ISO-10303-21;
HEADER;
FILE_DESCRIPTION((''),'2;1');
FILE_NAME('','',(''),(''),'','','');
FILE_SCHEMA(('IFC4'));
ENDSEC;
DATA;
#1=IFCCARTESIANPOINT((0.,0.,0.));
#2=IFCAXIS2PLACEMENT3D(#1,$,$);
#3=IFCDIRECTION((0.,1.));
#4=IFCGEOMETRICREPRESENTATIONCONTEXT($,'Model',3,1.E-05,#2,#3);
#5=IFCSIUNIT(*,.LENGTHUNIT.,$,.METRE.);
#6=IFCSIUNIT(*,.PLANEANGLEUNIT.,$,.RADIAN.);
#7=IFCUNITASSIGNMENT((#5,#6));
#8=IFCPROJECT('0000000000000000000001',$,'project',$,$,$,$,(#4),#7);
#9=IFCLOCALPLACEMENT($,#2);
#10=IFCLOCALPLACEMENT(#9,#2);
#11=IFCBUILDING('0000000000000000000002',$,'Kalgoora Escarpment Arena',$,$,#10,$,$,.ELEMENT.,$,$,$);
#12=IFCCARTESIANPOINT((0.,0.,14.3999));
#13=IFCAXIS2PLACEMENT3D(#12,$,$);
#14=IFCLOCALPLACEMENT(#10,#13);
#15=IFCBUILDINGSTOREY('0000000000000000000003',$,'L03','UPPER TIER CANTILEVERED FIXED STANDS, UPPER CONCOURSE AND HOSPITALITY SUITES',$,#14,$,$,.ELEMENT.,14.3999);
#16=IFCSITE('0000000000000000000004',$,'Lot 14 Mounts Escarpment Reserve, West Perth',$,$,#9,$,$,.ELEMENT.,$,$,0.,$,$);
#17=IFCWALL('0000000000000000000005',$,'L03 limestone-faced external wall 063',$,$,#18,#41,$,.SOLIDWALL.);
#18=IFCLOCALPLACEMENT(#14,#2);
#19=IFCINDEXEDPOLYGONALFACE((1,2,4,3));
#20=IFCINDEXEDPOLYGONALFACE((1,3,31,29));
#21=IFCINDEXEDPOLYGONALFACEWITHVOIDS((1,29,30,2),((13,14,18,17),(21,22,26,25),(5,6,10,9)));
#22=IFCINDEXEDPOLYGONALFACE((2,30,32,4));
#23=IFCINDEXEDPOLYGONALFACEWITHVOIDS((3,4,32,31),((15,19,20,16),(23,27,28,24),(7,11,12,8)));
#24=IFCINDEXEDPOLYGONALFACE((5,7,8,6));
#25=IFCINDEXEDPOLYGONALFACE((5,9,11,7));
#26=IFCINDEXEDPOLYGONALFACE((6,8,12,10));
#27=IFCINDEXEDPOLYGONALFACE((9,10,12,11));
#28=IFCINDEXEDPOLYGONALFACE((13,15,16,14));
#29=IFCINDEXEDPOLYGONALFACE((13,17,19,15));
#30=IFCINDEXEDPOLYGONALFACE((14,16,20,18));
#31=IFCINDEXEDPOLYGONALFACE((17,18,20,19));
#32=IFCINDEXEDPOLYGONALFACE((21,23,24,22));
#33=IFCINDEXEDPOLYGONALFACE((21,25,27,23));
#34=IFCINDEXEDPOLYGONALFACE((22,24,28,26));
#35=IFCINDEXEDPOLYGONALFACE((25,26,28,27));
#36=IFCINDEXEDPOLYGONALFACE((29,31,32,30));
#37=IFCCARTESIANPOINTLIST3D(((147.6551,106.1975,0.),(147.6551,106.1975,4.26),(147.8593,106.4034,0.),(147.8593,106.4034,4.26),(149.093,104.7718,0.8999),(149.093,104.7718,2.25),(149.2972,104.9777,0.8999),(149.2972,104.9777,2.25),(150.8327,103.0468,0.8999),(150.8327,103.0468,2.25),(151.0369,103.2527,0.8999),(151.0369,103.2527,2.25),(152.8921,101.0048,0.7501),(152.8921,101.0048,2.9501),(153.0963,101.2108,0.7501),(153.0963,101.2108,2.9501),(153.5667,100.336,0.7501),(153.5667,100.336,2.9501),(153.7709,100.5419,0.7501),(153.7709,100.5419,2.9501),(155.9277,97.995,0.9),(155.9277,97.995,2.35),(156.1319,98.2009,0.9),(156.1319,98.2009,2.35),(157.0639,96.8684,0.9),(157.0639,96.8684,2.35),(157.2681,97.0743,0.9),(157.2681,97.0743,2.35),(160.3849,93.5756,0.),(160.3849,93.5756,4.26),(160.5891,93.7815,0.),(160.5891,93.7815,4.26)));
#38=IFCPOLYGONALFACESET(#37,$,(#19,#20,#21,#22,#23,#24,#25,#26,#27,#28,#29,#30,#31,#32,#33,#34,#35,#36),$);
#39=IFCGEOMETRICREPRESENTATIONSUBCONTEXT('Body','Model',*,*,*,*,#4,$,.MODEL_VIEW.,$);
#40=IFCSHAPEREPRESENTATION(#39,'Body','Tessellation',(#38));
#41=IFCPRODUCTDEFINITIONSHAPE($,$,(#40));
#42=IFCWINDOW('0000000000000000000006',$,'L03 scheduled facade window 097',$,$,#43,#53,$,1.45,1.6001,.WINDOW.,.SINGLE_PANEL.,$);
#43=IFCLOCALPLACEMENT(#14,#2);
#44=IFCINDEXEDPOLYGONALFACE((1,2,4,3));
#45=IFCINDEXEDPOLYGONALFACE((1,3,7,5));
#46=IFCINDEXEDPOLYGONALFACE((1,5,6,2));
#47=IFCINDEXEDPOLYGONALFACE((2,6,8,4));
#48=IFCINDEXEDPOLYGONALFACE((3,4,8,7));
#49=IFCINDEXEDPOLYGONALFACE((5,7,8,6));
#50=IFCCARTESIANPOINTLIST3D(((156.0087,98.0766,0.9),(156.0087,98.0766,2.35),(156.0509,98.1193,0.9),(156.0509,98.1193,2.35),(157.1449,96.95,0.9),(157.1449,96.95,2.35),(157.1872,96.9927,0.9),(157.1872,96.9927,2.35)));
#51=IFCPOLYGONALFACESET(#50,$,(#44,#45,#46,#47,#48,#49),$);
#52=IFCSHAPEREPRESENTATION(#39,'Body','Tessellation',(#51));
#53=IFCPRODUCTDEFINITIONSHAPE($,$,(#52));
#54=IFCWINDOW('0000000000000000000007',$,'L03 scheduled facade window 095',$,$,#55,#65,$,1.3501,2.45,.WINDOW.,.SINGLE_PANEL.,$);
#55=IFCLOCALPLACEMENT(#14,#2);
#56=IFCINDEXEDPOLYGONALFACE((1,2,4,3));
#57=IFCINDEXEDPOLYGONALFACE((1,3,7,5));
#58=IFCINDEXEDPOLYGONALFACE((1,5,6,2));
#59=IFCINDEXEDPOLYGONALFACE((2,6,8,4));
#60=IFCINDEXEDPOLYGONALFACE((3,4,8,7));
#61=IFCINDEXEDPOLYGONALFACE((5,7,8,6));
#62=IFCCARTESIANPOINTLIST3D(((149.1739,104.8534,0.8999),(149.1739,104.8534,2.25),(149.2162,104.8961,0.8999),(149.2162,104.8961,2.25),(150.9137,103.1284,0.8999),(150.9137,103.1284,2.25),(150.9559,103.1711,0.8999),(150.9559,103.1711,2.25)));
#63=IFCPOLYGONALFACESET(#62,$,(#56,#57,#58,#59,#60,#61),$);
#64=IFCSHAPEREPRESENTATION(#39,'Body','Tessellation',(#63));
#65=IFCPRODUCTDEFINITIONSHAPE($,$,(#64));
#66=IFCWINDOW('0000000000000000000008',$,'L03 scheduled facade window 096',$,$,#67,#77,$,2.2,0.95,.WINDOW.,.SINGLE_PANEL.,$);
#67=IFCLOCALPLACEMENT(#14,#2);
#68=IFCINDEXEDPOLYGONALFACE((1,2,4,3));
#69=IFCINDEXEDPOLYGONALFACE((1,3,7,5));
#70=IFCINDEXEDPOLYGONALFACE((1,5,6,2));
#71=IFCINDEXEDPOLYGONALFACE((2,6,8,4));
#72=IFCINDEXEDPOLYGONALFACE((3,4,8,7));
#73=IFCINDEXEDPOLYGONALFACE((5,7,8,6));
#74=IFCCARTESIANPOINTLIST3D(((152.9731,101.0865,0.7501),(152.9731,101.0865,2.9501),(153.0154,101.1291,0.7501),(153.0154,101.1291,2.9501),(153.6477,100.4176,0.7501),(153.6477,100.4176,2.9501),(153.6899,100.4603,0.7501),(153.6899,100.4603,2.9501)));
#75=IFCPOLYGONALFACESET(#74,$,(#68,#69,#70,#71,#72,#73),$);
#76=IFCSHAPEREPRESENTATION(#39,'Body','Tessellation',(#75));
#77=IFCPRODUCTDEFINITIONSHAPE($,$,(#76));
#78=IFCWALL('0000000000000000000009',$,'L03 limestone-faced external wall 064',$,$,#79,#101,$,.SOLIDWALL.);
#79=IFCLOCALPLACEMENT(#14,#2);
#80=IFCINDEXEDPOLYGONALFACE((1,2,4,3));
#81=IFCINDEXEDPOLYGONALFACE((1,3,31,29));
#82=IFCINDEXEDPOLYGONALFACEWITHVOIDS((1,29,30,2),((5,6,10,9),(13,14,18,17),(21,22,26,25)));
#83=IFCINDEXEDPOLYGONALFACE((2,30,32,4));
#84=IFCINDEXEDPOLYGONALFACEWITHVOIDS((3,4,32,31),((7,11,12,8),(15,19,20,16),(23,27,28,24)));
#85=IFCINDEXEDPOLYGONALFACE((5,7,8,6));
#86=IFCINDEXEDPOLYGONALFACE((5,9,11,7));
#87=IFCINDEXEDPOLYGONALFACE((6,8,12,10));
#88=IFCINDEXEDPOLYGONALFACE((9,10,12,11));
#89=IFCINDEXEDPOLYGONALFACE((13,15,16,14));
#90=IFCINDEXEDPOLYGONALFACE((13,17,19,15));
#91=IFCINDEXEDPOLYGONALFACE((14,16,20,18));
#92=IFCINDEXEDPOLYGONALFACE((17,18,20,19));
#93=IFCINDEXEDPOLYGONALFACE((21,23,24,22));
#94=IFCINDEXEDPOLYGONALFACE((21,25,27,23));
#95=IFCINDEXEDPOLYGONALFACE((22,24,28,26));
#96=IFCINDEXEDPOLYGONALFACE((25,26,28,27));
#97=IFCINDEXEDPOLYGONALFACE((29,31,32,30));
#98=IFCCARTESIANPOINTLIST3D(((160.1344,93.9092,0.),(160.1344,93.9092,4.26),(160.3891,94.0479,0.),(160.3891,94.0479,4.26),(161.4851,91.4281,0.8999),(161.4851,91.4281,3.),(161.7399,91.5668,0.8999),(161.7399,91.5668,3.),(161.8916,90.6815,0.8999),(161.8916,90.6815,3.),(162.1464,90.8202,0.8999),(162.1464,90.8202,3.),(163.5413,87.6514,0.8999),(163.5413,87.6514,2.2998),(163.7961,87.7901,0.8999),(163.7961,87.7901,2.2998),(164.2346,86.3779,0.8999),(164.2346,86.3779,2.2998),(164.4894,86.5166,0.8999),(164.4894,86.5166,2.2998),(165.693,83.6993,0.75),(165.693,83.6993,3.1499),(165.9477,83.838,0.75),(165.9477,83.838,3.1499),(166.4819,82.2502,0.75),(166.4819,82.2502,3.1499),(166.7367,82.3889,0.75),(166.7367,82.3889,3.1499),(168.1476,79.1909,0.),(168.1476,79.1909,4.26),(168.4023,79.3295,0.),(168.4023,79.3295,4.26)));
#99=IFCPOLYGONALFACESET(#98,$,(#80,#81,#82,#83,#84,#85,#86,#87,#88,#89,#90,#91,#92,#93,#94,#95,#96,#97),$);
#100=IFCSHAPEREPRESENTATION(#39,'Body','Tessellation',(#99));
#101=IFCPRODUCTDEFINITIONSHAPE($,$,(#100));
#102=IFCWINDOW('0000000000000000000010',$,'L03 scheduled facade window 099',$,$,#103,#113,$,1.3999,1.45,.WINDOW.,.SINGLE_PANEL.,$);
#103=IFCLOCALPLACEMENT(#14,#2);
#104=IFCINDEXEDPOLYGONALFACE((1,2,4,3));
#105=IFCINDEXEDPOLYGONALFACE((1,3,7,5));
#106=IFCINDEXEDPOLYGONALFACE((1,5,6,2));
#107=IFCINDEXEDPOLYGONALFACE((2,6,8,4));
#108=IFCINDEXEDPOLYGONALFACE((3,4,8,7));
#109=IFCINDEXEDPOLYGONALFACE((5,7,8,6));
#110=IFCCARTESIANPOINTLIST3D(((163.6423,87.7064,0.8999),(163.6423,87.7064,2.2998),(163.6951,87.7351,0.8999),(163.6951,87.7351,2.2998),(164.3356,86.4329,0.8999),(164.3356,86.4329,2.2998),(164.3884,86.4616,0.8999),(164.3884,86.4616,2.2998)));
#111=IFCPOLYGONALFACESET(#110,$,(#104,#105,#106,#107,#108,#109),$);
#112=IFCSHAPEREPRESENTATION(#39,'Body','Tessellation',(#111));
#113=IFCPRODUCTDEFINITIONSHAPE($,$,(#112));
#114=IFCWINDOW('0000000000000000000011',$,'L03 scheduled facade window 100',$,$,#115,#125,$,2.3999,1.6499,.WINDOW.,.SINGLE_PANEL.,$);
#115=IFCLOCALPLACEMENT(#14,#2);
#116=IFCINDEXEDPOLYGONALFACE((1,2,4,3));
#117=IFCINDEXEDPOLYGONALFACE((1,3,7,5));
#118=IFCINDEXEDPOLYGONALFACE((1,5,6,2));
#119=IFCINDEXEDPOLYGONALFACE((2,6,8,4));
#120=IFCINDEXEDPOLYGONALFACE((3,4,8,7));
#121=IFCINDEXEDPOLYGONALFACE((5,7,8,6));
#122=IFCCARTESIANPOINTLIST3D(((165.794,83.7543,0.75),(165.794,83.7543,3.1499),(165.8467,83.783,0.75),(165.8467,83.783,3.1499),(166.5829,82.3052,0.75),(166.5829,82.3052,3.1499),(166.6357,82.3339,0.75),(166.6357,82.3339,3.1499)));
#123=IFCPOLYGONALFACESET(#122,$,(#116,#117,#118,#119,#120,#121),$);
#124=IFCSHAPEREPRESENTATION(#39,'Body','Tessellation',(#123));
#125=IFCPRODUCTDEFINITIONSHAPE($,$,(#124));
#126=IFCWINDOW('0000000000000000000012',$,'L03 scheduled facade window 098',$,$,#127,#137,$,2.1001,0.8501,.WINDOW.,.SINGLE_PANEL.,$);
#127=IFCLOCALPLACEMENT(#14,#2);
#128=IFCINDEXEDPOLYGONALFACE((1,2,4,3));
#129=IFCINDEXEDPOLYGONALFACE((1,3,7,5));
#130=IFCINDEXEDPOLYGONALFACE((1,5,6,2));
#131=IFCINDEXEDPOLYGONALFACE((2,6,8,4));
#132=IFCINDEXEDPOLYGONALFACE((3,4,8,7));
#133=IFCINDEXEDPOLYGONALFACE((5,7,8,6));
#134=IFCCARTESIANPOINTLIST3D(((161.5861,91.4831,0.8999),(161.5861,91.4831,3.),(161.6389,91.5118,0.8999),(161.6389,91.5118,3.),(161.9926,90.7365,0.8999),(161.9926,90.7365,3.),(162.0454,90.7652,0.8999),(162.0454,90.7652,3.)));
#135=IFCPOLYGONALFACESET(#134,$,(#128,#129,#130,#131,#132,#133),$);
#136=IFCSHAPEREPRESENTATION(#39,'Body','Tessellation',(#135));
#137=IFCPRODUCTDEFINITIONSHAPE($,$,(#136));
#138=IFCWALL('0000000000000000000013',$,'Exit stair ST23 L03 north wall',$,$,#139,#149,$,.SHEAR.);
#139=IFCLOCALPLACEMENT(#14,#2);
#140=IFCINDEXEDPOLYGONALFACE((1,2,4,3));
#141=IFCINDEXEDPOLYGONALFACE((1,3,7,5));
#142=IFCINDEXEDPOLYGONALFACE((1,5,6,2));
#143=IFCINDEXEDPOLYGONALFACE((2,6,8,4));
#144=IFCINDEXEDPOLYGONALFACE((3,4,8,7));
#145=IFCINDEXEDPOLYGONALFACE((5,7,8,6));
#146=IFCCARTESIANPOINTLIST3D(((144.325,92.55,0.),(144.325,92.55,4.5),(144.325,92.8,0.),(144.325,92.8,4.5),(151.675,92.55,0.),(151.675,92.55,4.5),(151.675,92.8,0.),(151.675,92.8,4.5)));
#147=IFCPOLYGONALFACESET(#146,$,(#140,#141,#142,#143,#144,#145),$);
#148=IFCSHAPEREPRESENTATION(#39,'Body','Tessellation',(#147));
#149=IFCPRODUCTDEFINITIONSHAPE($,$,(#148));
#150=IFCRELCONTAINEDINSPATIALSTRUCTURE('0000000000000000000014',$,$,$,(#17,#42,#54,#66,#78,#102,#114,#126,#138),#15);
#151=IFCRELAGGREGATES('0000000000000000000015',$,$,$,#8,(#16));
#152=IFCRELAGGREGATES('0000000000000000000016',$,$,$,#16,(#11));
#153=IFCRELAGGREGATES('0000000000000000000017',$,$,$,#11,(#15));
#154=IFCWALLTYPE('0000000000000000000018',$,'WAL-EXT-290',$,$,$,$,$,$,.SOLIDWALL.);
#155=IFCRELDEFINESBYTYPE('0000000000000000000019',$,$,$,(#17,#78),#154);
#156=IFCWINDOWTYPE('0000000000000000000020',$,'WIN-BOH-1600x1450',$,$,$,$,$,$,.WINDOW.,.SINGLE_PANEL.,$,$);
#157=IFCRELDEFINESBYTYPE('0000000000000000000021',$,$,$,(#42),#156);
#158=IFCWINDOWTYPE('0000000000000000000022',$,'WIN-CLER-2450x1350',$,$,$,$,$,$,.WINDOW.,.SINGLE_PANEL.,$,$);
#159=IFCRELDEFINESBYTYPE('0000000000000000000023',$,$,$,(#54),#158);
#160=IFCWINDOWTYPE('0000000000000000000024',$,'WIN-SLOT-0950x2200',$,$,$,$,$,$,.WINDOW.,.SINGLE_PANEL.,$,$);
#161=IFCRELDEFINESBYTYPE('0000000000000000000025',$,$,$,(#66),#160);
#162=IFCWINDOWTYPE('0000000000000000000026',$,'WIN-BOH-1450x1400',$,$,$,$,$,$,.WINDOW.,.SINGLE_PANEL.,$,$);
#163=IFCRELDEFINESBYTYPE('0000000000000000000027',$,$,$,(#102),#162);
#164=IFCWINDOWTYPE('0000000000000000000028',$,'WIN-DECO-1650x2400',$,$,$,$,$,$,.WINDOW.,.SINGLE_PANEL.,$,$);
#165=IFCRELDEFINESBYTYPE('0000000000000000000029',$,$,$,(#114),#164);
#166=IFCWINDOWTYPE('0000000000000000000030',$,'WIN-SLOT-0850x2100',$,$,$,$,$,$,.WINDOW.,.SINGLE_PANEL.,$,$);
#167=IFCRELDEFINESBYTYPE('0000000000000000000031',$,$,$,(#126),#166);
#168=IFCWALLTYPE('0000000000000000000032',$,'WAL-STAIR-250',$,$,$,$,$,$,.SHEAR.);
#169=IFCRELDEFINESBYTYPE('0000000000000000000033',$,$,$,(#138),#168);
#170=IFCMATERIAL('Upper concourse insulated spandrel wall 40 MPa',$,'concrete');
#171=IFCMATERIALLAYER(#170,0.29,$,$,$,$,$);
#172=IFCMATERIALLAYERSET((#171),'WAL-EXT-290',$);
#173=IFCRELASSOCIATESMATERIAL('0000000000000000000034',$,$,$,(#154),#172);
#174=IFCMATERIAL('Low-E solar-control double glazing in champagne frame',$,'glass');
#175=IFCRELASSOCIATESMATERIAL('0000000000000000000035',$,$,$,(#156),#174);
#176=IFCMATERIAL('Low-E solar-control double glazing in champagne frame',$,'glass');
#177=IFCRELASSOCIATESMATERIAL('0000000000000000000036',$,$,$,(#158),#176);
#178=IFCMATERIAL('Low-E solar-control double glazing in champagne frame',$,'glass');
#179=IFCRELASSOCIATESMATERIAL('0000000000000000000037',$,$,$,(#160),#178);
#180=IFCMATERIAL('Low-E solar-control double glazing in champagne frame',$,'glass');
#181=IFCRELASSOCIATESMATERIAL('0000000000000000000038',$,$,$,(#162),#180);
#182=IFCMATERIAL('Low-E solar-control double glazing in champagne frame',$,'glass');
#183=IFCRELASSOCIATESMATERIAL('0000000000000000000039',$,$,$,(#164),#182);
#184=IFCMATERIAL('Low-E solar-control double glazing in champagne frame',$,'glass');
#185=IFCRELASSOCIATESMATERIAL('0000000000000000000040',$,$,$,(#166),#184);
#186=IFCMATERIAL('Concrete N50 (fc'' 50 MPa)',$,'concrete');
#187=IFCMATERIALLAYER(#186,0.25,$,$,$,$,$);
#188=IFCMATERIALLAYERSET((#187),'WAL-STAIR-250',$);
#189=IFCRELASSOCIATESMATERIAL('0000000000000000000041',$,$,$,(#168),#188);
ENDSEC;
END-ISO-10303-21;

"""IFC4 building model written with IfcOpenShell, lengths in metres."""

from ifc_helpers import new_model, si_unit, direction, frame, frame_2d, origin, place, context, subcontext, project, spatial, rectangle, extrude, material, layer, layer_set, type_object, element, fill, save


model = new_model("IFC4")

# Units and contexts
model_context = context("Model", 3, precision=1e-05, world=origin(), true_north=direction((0.0, 1.0)))
body_context = subcontext(model_context, "Body", "Model", "MODEL_VIEW")
ifc_project = project(units=[si_unit("LENGTHUNIT", "METRE"), si_unit("PLANEANGLEUNIT", "RADIAN")], contexts=[model_context])

# Site, building, storey
site_placement = place(None, origin())
site = spatial("IfcSite", under=ifc_project, at=site_placement, Name="Lot 14 Mounts Escarpment Reserve, West Perth", CompositionType="ELEMENT", RefElevation=0.0)
building_placement = place(site_placement, origin())
building = spatial("IfcBuilding", under=site, at=building_placement, Name="Kalgoora Escarpment Arena", CompositionType="ELEMENT")
storey_placement = place(building_placement, frame((0.0, 0.0, 14.3999)))
storey = spatial("IfcBuildingStorey", under=building, at=storey_placement, Name="L03", Description="UPPER TIER CANTILEVERED FIXED STANDS, UPPER CONCOURSE AND HOSPITALITY SUITES", CompositionType="ELEMENT", Elevation=14.3999)

# Walls, openings, windows
ifc_material_1 = material(Name="Upper concourse insulated spandrel wall 40 MPa", Category="concrete")
ifc_layer_1 = layer(ifc_material_1, 0.29)
ifc_layer_set_1 = layer_set([ifc_layer_1], Name="WAL-EXT-290")
wall_type_1 = type_object("IfcWallType", Name="WAL-EXT-290", PredefinedType="SOLIDWALL", material=ifc_layer_set_1)
wall_1_placement = place(storey_placement, frame((147.7571, 106.3005, 0.0), z_axis=(0.0, 0.0, 1.0), x_axis=(0.71011, -0.704091, 0.0)))
wall_1 = element("IfcWall", 1, at=wall_1_placement, inside=storey, type_object=wall_type_1, Name="L03 limestone-faced external wall 063", PredefinedType="SOLIDWALL", context=body_context, shape_type="SweptSolid", body=[
    extrude(rectangle(XDim=17.9265, YDim=0.29, at=frame_2d((8.9634, 0.0))), origin(), (0.0, 0.0, 1.0), 4.26),
])
opening_1_placement = place(wall_1_placement, frame((2.0249, 0.0, 0.8999)))
opening_1 = element("IfcOpeningElement", 2, at=opening_1_placement, cuts=wall_1, PredefinedType="OPENING", context=body_context, shape_type="SweptSolid", body=[
    extrude(rectangle(XDim=2.45, YDim=1.3501, at=frame_2d((1.2251, 0.675))), frame((0.0, 0.155, 0.0), z_axis=(0.0, -1.0, 0.0), x_axis=(1.0, 0.0, 0.0)), (0.0, 0.0, 1.0), 0.3101),
])
opening_2_placement = place(wall_1_placement, frame((7.375, 0.0, 0.75)))
opening_2 = element("IfcOpeningElement", 3, at=opening_2_placement, cuts=wall_1, PredefinedType="OPENING", context=body_context, shape_type="SweptSolid", body=[
    extrude(rectangle(XDim=0.95, YDim=2.2, at=frame_2d((0.4751, 1.1001))), frame((0.0, 0.155, 0.0), z_axis=(0.0, -1.0, 0.0), x_axis=(1.0, 0.0, 0.0)), (0.0, 0.0, 1.0), 0.3101),
])
opening_3_placement = place(wall_1_placement, frame((11.6499, 0.0, 0.8999)))
opening_3 = element("IfcOpeningElement", 4, at=opening_3_placement, cuts=wall_1, PredefinedType="OPENING", context=body_context, shape_type="SweptSolid", body=[
    extrude(rectangle(XDim=1.6001, YDim=1.45, at=frame_2d((0.8, 0.7251))), frame((0.0, 0.155, 0.0), z_axis=(0.0, -1.0, 0.0), x_axis=(1.0, 0.0, 0.0)), (0.0, 0.0, 1.0), 0.3101),
])
ifc_material_2 = material(Name="Low-E solar-control double glazing in champagne frame", Category="glass")
window_type_1 = type_object("IfcWindowType", Name="WIN-BOH-1600x1450", PartitioningType="SINGLE_PANEL", PredefinedType="WINDOW", material=ifc_material_2)
window_1_placement = place(opening_3_placement, origin())
window_1 = element("IfcWindow", 5, at=window_1_placement, inside=storey, type_object=window_type_1, Name="L03 scheduled facade window 097", OverallHeight=1.45, OverallWidth=1.6001, PartitioningType="SINGLE_PANEL", PredefinedType="WINDOW", context=body_context, shape_type="SweptSolid", body=[
    extrude(rectangle(XDim=1.6001, YDim=1.45, at=frame_2d((0.8, 0.7251))), frame((0.0, 0.03, 0.0), z_axis=(0.0, -1.0, 0.0), x_axis=(1.0, 0.0, 0.0)), (0.0, 0.0, 1.0), 0.0601),
])
fill(opening_3, window_1)
ifc_material_3 = material(Name="Low-E solar-control double glazing in champagne frame", Category="glass")
window_type_2 = type_object("IfcWindowType", Name="WIN-CLER-2450x1350", PartitioningType="SINGLE_PANEL", PredefinedType="WINDOW", material=ifc_material_3)
window_2_placement = place(opening_1_placement, origin())
window_2 = element("IfcWindow", 6, at=window_2_placement, inside=storey, type_object=window_type_2, Name="L03 scheduled facade window 095", OverallHeight=1.3501, OverallWidth=2.45, PartitioningType="SINGLE_PANEL", PredefinedType="WINDOW", context=body_context, shape_type="SweptSolid", body=[
    extrude(rectangle(XDim=2.45, YDim=1.3501, at=frame_2d((1.2251, 0.675))), frame((0.0, 0.03, 0.0), z_axis=(0.0, -1.0, 0.0), x_axis=(1.0, 0.0, 0.0)), (0.0, 0.0, 1.0), 0.0601),
])
fill(opening_1, window_2)
ifc_material_4 = material(Name="Low-E solar-control double glazing in champagne frame", Category="glass")
window_type_3 = type_object("IfcWindowType", Name="WIN-SLOT-0950x2200", PartitioningType="SINGLE_PANEL", PredefinedType="WINDOW", material=ifc_material_4)
window_3_placement = place(opening_2_placement, origin())
window_3 = element("IfcWindow", 7, at=window_3_placement, inside=storey, type_object=window_type_3, Name="L03 scheduled facade window 096", OverallHeight=2.2, OverallWidth=0.95, PartitioningType="SINGLE_PANEL", PredefinedType="WINDOW", context=body_context, shape_type="SweptSolid", body=[
    extrude(rectangle(XDim=0.95, YDim=2.2, at=frame_2d((0.4751, 1.1001))), frame((0.0, 0.03, 0.0), z_axis=(0.0, -1.0, 0.0), x_axis=(1.0, 0.0, 0.0)), (0.0, 0.0, 1.0), 0.0601),
])
fill(opening_2, window_3)
wall_2_placement = place(storey_placement, frame((160.2617, 93.9785, 0.0), z_axis=(0.0, 0.0, 1.0), x_axis=(0.478164, -0.878271, 0.0)))
wall_2 = element("IfcWall", 8, at=wall_2_placement, inside=storey, type_object=wall_type_1, Name="L03 limestone-faced external wall 064", PredefinedType="SOLIDWALL", context=body_context, shape_type="SweptSolid", body=[
    extrude(rectangle(XDim=16.7583, YDim=0.29, at=frame_2d((8.3792, 0.0))), origin(), (0.0, 0.0, 1.0), 4.26),
])
opening_4_placement = place(wall_2_placement, frame((2.825, 0.0, 0.8999)))
opening_4 = element("IfcOpeningElement", 9, at=opening_4_placement, cuts=wall_2, PredefinedType="OPENING", context=body_context, shape_type="SweptSolid", body=[
    extrude(rectangle(XDim=0.8501, YDim=2.1001, at=frame_2d((0.425, 1.05))), frame((0.0, 0.155, 0.0), z_axis=(0.0, -1.0, 0.0), x_axis=(1.0, 0.0, 0.0)), (0.0, 0.0, 1.0), 0.3101),
])
opening_5_placement = place(wall_2_placement, frame((7.125, 0.0, 0.8999)))
opening_5 = element("IfcOpeningElement", 10, at=opening_5_placement, cuts=wall_2, PredefinedType="OPENING", context=body_context, shape_type="SweptSolid", body=[
    extrude(rectangle(XDim=1.45, YDim=1.3999, at=frame_2d((0.7251, 0.7))), frame((0.0, 0.155, 0.0), z_axis=(0.0, -1.0, 0.0), x_axis=(1.0, 0.0, 0.0)), (0.0, 0.0, 1.0), 0.3101),
])
opening_6_placement = place(wall_2_placement, frame((11.625, 0.0, 0.75)))
opening_6 = element("IfcOpeningElement", 11, at=opening_6_placement, cuts=wall_2, PredefinedType="OPENING", context=body_context, shape_type="SweptSolid", body=[
    extrude(rectangle(XDim=1.6499, YDim=2.3999, at=frame_2d((0.825, 1.2))), frame((0.0, 0.155, 0.0), z_axis=(0.0, -1.0, 0.0), x_axis=(1.0, 0.0, 0.0)), (0.0, 0.0, 1.0), 0.3101),
])
ifc_material_5 = material(Name="Low-E solar-control double glazing in champagne frame", Category="glass")
window_type_4 = type_object("IfcWindowType", Name="WIN-BOH-1450x1400", PartitioningType="SINGLE_PANEL", PredefinedType="WINDOW", material=ifc_material_5)
window_4_placement = place(opening_5_placement, origin())
window_4 = element("IfcWindow", 12, at=window_4_placement, inside=storey, type_object=window_type_4, Name="L03 scheduled facade window 099", OverallHeight=1.3999, OverallWidth=1.45, PartitioningType="SINGLE_PANEL", PredefinedType="WINDOW", context=body_context, shape_type="SweptSolid", body=[
    extrude(rectangle(XDim=1.45, YDim=1.3999, at=frame_2d((0.7251, 0.7))), frame((0.0, 0.03, 0.0), z_axis=(0.0, -1.0, 0.0), x_axis=(1.0, 0.0, 0.0)), (0.0, 0.0, 1.0), 0.0601),
])
fill(opening_5, window_4)
ifc_material_6 = material(Name="Low-E solar-control double glazing in champagne frame", Category="glass")
window_type_5 = type_object("IfcWindowType", Name="WIN-DECO-1650x2400", PartitioningType="SINGLE_PANEL", PredefinedType="WINDOW", material=ifc_material_6)
window_5_placement = place(opening_6_placement, origin())
window_5 = element("IfcWindow", 13, at=window_5_placement, inside=storey, type_object=window_type_5, Name="L03 scheduled facade window 100", OverallHeight=2.3999, OverallWidth=1.6499, PartitioningType="SINGLE_PANEL", PredefinedType="WINDOW", context=body_context, shape_type="SweptSolid", body=[
    extrude(rectangle(XDim=1.6499, YDim=2.3999, at=frame_2d((0.825, 1.2))), frame((0.0, 0.03, 0.0), z_axis=(0.0, -1.0, 0.0), x_axis=(1.0, 0.0, 0.0)), (0.0, 0.0, 1.0), 0.0601),
])
fill(opening_6, window_5)
ifc_material_7 = material(Name="Low-E solar-control double glazing in champagne frame", Category="glass")
window_type_6 = type_object("IfcWindowType", Name="WIN-SLOT-0850x2100", PartitioningType="SINGLE_PANEL", PredefinedType="WINDOW", material=ifc_material_7)
window_6_placement = place(opening_4_placement, origin())
window_6 = element("IfcWindow", 14, at=window_6_placement, inside=storey, type_object=window_type_6, Name="L03 scheduled facade window 098", OverallHeight=2.1001, OverallWidth=0.8501, PartitioningType="SINGLE_PANEL", PredefinedType="WINDOW", context=body_context, shape_type="SweptSolid", body=[
    extrude(rectangle(XDim=0.8501, YDim=2.1001, at=frame_2d((0.425, 1.05))), frame((0.0, 0.03, 0.0), z_axis=(0.0, -1.0, 0.0), x_axis=(1.0, 0.0, 0.0)), (0.0, 0.0, 1.0), 0.0601),
])
fill(opening_4, window_6)

# Wall
ifc_material_8 = material(Name="Concrete N50 (fc' 50 MPa)", Category="concrete")
ifc_layer_2 = layer(ifc_material_8, 0.25)
ifc_layer_set_2 = layer_set([ifc_layer_2], Name="WAL-STAIR-250")
wall_type_2 = type_object("IfcWallType", Name="WAL-STAIR-250", PredefinedType="SHEAR", material=ifc_layer_set_2)
wall_3_placement = place(storey_placement, frame((144.325, 92.675, 0.0), z_axis=(0.0, 0.0, 1.0), x_axis=(1.0, 0.0, 0.0)))
element("IfcWall", 15, at=wall_3_placement, inside=storey, type_object=wall_type_2, Name="Exit stair ST23 L03 north wall", PredefinedType="SHEAR", context=body_context, shape_type="SweptSolid", body=[
    extrude(rectangle(XDim=7.3501, YDim=0.25, at=frame_2d((3.675, 0.0))), origin(), (0.0, 0.0, 1.0), 4.5),
])

save(model, "model.ifc")
